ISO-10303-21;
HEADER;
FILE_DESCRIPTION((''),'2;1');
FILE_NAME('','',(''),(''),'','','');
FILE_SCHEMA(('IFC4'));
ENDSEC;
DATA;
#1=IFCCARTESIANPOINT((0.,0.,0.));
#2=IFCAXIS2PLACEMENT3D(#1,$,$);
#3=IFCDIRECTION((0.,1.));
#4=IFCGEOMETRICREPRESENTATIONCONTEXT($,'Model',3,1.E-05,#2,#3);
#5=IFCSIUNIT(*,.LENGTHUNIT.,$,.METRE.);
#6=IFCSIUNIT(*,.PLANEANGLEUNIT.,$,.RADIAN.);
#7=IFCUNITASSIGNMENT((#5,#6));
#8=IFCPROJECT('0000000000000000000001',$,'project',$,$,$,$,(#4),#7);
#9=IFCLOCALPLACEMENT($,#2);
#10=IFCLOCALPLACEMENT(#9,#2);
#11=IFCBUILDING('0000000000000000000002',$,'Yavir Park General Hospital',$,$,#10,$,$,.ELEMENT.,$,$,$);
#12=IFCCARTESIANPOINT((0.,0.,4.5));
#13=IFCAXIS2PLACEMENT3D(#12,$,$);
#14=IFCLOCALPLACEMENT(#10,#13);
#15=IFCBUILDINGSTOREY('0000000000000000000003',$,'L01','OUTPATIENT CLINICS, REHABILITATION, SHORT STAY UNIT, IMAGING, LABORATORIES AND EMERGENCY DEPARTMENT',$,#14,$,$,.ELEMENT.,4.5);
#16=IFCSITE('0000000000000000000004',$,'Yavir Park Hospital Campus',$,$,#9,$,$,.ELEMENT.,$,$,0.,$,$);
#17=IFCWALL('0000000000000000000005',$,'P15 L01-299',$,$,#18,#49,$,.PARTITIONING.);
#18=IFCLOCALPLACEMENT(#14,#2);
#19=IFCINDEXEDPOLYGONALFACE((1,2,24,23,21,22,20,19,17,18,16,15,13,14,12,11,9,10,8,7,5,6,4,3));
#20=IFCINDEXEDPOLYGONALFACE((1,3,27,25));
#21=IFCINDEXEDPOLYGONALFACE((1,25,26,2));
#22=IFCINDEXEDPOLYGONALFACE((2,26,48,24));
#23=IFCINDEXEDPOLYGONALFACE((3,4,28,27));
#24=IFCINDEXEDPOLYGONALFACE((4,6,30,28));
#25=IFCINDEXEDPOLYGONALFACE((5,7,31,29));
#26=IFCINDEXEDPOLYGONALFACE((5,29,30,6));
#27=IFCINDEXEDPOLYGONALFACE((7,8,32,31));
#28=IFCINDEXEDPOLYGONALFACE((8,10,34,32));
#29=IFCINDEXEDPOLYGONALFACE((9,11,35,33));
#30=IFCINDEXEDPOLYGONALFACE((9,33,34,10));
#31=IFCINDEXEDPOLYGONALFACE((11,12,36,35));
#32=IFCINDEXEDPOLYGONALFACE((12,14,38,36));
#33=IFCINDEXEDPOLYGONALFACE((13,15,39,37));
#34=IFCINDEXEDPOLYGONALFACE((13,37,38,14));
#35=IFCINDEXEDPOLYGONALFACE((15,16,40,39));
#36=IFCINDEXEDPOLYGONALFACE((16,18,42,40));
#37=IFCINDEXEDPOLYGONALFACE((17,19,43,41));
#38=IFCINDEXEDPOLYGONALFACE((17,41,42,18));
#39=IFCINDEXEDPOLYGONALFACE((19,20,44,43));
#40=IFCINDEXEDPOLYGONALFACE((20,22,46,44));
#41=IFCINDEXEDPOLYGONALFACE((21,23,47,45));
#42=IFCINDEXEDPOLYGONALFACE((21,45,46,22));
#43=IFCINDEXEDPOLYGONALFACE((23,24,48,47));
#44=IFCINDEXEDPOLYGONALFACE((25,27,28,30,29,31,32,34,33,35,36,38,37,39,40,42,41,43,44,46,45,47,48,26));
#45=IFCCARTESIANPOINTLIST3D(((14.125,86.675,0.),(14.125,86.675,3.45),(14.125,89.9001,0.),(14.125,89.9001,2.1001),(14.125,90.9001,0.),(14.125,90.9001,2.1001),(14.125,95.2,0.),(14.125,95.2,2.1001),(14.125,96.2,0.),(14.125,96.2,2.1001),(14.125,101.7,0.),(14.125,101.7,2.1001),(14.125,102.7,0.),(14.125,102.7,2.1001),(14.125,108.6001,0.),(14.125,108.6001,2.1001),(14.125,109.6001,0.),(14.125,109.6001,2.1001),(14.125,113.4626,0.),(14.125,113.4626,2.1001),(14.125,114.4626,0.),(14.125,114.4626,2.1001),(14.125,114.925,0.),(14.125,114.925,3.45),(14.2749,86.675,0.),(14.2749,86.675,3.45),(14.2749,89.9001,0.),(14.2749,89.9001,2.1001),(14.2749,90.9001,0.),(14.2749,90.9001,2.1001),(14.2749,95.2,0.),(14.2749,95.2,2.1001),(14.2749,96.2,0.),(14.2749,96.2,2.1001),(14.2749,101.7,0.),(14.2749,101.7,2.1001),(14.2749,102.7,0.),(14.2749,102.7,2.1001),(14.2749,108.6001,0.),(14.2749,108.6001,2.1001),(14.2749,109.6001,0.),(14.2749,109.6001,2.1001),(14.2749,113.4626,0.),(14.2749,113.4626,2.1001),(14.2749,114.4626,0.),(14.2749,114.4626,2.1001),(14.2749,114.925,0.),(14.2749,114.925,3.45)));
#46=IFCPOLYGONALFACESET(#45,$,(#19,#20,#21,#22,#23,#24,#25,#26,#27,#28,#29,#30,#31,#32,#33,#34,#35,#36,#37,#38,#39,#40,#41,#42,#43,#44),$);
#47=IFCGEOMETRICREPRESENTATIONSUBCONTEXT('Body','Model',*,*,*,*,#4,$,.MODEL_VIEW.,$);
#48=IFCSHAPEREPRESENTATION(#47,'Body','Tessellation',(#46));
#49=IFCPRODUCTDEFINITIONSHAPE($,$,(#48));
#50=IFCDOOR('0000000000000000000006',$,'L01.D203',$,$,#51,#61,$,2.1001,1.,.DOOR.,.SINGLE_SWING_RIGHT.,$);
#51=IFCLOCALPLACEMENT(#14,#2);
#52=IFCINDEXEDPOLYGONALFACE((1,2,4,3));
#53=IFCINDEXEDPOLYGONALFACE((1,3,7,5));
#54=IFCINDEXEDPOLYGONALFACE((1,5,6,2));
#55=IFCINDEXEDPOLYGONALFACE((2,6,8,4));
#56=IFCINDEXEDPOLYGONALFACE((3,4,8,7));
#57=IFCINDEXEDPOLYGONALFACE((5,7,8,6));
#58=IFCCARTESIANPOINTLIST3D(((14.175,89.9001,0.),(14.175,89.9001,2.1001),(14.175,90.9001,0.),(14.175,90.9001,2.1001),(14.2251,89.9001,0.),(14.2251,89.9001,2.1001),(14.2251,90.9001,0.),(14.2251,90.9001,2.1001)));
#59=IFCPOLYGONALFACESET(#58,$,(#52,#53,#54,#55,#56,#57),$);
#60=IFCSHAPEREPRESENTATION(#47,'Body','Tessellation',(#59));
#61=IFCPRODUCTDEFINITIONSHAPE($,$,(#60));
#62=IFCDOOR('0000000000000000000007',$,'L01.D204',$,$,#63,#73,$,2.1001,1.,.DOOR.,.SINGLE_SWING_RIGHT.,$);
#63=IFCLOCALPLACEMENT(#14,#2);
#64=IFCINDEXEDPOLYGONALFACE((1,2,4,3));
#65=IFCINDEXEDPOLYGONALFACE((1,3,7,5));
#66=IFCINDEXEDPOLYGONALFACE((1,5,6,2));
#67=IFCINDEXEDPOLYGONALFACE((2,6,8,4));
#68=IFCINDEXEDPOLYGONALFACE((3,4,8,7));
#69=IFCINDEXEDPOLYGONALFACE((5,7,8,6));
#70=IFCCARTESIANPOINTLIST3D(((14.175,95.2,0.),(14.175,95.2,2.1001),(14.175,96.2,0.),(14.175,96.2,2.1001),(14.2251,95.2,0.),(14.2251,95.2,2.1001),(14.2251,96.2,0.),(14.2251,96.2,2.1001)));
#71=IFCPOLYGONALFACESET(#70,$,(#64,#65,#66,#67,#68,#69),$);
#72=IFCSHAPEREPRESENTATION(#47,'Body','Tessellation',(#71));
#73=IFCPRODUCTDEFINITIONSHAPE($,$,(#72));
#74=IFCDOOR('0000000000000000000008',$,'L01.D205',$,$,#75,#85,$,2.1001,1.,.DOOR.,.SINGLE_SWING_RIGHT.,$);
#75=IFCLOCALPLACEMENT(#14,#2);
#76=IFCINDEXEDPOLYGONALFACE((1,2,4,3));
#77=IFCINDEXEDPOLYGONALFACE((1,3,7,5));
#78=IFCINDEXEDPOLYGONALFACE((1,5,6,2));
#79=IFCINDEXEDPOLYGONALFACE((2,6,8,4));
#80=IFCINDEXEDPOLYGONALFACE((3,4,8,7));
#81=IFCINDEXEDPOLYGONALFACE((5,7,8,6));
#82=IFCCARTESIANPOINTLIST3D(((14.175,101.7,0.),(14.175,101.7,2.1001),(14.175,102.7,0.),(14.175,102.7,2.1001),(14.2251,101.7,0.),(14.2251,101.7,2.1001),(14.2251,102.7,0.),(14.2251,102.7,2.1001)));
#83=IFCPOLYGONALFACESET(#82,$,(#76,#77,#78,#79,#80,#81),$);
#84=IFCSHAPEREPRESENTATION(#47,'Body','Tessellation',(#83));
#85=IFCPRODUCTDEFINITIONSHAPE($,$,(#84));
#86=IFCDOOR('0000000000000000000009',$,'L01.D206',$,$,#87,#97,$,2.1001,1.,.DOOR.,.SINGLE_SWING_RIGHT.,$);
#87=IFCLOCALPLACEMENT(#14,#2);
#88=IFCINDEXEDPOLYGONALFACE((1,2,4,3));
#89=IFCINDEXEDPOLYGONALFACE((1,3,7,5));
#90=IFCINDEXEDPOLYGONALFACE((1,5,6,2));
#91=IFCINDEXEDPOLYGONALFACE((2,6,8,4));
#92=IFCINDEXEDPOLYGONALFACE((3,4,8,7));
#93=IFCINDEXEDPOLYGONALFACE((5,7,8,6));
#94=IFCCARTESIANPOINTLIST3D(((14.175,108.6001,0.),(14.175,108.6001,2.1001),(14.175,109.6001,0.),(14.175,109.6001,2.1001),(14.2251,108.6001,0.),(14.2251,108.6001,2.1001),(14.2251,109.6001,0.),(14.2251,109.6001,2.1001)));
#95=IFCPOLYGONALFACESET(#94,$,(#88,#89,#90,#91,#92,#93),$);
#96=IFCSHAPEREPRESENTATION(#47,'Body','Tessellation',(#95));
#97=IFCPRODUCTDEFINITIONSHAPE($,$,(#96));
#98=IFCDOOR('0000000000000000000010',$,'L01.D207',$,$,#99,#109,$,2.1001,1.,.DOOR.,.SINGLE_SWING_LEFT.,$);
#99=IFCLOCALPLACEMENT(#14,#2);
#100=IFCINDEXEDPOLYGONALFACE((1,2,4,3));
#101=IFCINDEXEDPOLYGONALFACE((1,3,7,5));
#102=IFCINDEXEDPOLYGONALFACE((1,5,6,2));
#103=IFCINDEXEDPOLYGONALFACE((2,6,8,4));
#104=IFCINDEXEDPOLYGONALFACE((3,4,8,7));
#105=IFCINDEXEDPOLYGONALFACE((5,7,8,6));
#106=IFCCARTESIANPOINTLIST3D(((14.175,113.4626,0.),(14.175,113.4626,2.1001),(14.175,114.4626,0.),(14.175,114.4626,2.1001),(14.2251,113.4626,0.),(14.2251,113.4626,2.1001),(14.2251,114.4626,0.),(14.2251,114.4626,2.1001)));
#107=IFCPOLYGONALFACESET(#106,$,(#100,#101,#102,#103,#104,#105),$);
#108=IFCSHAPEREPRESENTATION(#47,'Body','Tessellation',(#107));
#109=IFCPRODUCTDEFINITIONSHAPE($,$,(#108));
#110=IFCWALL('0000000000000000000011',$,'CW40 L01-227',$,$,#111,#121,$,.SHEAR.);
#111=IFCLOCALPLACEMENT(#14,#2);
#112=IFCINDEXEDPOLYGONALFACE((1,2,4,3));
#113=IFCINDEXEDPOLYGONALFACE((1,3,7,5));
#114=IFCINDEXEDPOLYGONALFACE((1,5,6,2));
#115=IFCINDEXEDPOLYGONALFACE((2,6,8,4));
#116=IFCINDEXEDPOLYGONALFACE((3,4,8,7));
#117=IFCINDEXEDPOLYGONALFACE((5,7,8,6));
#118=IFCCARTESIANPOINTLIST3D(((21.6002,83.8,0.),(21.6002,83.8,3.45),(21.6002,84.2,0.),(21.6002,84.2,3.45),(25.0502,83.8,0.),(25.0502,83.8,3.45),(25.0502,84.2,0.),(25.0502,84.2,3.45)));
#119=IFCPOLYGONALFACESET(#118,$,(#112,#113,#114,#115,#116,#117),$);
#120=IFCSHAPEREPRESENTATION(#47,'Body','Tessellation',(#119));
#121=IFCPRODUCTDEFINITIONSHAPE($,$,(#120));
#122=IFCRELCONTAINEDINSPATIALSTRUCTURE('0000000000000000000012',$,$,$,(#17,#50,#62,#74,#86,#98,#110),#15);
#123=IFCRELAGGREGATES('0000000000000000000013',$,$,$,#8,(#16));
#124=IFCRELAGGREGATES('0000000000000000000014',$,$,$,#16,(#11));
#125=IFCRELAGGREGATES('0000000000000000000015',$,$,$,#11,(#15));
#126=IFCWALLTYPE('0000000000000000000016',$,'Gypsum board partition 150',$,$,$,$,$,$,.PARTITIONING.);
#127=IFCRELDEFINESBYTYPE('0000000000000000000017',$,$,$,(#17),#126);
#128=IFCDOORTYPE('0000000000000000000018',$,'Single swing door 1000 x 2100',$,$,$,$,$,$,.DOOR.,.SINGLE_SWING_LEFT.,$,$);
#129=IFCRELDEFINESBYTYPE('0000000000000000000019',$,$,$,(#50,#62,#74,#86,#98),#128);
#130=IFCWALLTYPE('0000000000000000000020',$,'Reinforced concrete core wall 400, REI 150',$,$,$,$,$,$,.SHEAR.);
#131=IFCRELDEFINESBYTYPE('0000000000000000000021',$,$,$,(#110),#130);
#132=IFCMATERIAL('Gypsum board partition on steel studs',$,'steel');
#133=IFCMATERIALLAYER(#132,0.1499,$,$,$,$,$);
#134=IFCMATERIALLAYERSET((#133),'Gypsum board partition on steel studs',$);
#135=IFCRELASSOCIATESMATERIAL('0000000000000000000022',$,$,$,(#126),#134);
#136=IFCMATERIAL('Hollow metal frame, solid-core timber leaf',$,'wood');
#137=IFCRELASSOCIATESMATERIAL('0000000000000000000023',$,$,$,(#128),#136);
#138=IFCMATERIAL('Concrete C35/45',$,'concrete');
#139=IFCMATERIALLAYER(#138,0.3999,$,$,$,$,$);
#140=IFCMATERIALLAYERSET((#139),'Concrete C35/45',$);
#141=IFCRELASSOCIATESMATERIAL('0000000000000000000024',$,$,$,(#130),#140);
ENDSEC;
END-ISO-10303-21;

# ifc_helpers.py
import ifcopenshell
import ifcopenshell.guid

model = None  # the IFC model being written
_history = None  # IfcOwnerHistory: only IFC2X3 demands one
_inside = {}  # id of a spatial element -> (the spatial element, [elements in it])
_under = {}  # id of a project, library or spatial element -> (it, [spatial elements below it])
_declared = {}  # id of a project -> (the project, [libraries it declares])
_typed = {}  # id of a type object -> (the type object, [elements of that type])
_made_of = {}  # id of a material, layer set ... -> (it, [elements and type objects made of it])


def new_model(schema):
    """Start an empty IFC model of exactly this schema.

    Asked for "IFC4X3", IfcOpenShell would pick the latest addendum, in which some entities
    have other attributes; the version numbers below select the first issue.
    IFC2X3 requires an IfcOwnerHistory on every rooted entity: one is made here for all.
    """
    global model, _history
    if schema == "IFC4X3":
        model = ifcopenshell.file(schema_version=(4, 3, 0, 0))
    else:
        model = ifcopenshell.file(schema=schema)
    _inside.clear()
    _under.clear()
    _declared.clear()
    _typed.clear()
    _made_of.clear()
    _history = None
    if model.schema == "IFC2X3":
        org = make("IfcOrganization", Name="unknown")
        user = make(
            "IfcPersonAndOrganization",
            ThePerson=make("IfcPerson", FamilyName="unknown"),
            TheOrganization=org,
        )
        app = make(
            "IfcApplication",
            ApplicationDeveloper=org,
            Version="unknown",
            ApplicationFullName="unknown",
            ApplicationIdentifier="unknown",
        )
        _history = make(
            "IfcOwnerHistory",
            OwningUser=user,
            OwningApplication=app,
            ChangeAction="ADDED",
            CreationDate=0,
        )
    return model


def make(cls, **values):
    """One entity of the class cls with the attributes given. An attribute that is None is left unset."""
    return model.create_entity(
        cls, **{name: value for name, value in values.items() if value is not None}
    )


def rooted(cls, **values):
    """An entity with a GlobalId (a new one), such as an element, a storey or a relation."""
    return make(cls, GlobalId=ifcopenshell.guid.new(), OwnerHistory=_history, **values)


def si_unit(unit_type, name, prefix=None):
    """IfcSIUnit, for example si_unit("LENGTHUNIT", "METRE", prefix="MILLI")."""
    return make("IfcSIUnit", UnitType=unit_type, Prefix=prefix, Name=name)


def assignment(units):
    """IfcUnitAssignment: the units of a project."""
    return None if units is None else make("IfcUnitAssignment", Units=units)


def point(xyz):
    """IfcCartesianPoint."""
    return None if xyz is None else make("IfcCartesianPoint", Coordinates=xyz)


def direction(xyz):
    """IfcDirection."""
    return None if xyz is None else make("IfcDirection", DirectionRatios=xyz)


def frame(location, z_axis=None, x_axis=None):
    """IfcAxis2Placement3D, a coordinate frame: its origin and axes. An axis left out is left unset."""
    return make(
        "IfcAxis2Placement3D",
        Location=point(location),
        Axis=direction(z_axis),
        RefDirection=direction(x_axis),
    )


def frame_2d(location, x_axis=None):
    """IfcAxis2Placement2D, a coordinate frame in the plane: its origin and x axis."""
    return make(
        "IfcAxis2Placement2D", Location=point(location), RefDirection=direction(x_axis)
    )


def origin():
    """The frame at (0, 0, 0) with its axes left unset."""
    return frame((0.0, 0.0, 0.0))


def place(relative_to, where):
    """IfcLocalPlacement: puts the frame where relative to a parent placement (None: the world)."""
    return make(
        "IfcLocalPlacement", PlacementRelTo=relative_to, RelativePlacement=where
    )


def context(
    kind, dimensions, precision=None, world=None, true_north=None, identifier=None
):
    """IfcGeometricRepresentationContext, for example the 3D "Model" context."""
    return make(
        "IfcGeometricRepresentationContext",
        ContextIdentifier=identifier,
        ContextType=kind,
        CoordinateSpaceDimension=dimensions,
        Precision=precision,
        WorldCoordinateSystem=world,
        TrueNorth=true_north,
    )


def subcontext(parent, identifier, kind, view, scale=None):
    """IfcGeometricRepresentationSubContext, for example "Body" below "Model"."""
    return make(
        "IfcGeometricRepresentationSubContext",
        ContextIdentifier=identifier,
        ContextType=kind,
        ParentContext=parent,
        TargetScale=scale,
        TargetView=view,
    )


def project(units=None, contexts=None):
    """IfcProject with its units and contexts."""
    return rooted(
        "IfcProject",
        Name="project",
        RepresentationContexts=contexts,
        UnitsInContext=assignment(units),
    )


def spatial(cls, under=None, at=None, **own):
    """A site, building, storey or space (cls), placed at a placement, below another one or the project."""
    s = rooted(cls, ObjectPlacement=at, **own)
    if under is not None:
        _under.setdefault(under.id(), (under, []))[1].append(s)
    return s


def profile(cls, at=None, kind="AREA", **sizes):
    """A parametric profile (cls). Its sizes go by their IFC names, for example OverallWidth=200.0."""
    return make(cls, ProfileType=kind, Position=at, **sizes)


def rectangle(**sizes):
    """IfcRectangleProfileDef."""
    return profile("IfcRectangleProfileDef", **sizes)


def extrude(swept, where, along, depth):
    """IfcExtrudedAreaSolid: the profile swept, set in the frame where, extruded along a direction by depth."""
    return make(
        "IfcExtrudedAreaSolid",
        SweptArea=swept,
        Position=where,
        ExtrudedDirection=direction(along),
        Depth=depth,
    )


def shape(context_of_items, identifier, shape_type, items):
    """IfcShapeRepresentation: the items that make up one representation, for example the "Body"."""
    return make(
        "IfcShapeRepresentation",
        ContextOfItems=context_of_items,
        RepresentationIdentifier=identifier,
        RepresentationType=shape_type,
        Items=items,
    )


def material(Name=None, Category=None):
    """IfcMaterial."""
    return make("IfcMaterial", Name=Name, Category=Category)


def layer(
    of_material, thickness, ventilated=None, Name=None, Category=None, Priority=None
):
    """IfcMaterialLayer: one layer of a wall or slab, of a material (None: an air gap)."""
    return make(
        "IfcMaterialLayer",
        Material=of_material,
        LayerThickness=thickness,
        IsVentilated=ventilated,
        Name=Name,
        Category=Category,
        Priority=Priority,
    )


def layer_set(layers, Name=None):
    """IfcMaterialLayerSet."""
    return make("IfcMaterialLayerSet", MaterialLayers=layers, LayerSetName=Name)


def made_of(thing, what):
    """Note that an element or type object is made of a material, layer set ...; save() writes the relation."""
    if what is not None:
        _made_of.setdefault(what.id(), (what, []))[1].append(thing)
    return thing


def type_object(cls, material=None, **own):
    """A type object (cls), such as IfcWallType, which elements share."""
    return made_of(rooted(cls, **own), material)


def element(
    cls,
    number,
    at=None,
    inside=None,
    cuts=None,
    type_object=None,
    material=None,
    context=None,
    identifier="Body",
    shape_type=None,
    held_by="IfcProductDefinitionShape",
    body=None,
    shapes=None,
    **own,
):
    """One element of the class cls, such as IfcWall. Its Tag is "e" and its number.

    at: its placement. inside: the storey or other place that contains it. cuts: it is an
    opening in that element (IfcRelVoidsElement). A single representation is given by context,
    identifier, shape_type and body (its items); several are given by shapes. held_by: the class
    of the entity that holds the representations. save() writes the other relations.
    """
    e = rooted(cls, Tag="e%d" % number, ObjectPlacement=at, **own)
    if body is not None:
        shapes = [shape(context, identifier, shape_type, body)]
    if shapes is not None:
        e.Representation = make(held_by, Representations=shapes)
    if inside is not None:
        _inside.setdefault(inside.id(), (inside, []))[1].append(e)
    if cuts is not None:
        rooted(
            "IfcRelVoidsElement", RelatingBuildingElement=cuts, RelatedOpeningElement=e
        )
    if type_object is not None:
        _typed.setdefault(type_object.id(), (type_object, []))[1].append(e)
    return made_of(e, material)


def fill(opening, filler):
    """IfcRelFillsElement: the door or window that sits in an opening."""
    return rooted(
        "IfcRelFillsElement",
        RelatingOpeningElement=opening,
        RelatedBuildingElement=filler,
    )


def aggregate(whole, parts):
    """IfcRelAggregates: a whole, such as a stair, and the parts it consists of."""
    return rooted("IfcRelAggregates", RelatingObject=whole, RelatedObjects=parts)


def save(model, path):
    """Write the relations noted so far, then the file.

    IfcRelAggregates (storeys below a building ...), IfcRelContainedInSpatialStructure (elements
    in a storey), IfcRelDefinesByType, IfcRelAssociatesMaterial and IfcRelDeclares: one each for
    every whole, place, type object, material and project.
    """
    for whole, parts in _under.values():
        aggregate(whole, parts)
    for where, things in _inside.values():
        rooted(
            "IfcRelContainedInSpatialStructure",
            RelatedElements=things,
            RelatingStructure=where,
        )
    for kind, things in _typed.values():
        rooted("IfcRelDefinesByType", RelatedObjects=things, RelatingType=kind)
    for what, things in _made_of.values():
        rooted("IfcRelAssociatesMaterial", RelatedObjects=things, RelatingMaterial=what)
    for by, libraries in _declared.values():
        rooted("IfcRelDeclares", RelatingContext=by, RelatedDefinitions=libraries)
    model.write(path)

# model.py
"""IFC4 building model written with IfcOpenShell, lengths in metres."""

from ifc_helpers import new_model, si_unit, direction, frame, frame_2d, origin, place, context, subcontext, project, spatial, rectangle, extrude, material, layer, layer_set, type_object, element, fill, save


model = new_model("IFC4")

# Units and contexts
model_context = context("Model", 3, precision=1e-05, world=origin(), true_north=direction((0.0, 1.0)))
body_context = subcontext(model_context, "Body", "Model", "MODEL_VIEW")
ifc_project = project(units=[si_unit("LENGTHUNIT", "METRE"), si_unit("PLANEANGLEUNIT", "RADIAN")], contexts=[model_context])

# Site, building, storey
site_placement = place(None, origin())
site = spatial("IfcSite", under=ifc_project, at=site_placement, Name="Yavir Park Hospital Campus", CompositionType="ELEMENT", RefElevation=0.0)
building_placement = place(site_placement, origin())
building = spatial("IfcBuilding", under=site, at=building_placement, Name="Yavir Park General Hospital", CompositionType="ELEMENT")
storey_placement = place(building_placement, frame((0.0, 0.0, 4.5)))
storey = spatial("IfcBuildingStorey", under=building, at=storey_placement, Name="L01", Description="OUTPATIENT CLINICS, REHABILITATION, SHORT STAY UNIT, IMAGING, LABORATORIES AND EMERGENCY DEPARTMENT", CompositionType="ELEMENT", Elevation=4.5)

# Wall, openings, doors
ifc_material_1 = material(Name="Gypsum board partition on steel studs", Category="steel")
ifc_layer_1 = layer(ifc_material_1, 0.1499)
ifc_layer_set_1 = layer_set([ifc_layer_1], Name="Gypsum board partition on steel studs")
wall_type_1 = type_object("IfcWallType", Name="Gypsum board partition 150", PredefinedType="PARTITIONING", material=ifc_layer_set_1)
ifc_material_2 = material(Name="Hollow metal frame, solid-core timber leaf", Category="wood")
door_type_1 = type_object("IfcDoorType", Name="Single swing door 1000 x 2100", OperationType="SINGLE_SWING_LEFT", PredefinedType="DOOR", material=ifc_material_2)
wall_1_placement = place(storey_placement, frame((14.2, 86.675, 0.0), z_axis=(0.0, 0.0, 1.0), x_axis=(0.0, 1.0, 0.0)))
wall_1 = element("IfcWall", 1, at=wall_1_placement, inside=storey, type_object=wall_type_1, Name="P15 L01-299", PredefinedType="PARTITIONING", context=body_context, shape_type="SweptSolid", body=[
    extrude(rectangle(XDim=28.25, YDim=0.1499, at=frame_2d((14.125, 0.0))), origin(), (0.0, 0.0, 1.0), 3.45),
])
opening_1_placement = place(wall_1_placement, frame((3.2251, 0.0, 0.0)))
opening_1 = element("IfcOpeningElement", 2, at=opening_1_placement, cuts=wall_1, PredefinedType="OPENING", context=body_context, shape_type="SweptSolid", body=[
    extrude(rectangle(XDim=1.0, YDim=2.1001, at=frame_2d((0.5, 1.05))), frame((0.0, 0.085, 0.0), z_axis=(0.0, -1.0, 0.0), x_axis=(1.0, 0.0, 0.0)), (0.0, 0.0, 1.0), 0.1699),
])
opening_2_placement = place(wall_1_placement, frame((8.5249, 0.0, 0.0)))
opening_2 = element("IfcOpeningElement", 3, at=opening_2_placement, cuts=wall_1, PredefinedType="OPENING", context=body_context, shape_type="SweptSolid", body=[
    extrude(rectangle(XDim=1.0, YDim=2.1001, at=frame_2d((0.5, 1.05))), frame((0.0, 0.085, 0.0), z_axis=(0.0, -1.0, 0.0), x_axis=(1.0, 0.0, 0.0)), (0.0, 0.0, 1.0), 0.1699),
])
opening_3_placement = place(wall_1_placement, frame((15.0249, 0.0, 0.0)))
opening_3 = element("IfcOpeningElement", 4, at=opening_3_placement, cuts=wall_1, PredefinedType="OPENING", context=body_context, shape_type="SweptSolid", body=[
    extrude(rectangle(XDim=1.0, YDim=2.1001, at=frame_2d((0.5, 1.05))), frame((0.0, 0.085, 0.0), z_axis=(0.0, -1.0, 0.0), x_axis=(1.0, 0.0, 0.0)), (0.0, 0.0, 1.0), 0.1699),
])
opening_4_placement = place(wall_1_placement, frame((21.925, 0.0, 0.0)))
opening_4 = element("IfcOpeningElement", 5, at=opening_4_placement, cuts=wall_1, PredefinedType="OPENING", context=body_context, shape_type="SweptSolid", body=[
    extrude(rectangle(XDim=1.0, YDim=2.1001, at=frame_2d((0.5, 1.05))), frame((0.0, 0.085, 0.0), z_axis=(0.0, -1.0, 0.0), x_axis=(1.0, 0.0, 0.0)), (0.0, 0.0, 1.0), 0.1699),
])
opening_5_placement = place(wall_1_placement, frame((26.7876, 0.0, 0.0)))
opening_5 = element("IfcOpeningElement", 6, at=opening_5_placement, cuts=wall_1, PredefinedType="OPENING", context=body_context, shape_type="SweptSolid", body=[
    extrude(rectangle(XDim=1.0, YDim=2.1001, at=frame_2d((0.5, 1.05))), frame((0.0, 0.085, 0.0), z_axis=(0.0, -1.0, 0.0), x_axis=(1.0, 0.0, 0.0)), (0.0, 0.0, 1.0), 0.1699),
])
door_1_placement = place(opening_1_placement, origin())
door_1 = element("IfcDoor", 7, at=door_1_placement, inside=storey, type_object=door_type_1, Name="L01.D203", OperationType="SINGLE_SWING_RIGHT", OverallHeight=2.1001, OverallWidth=1.0, PredefinedType="DOOR", context=body_context, shape_type="SweptSolid", body=[
    extrude(rectangle(XDim=1.0, YDim=2.1001, at=frame_2d((0.5, 1.05))), frame((0.0, 0.0249, 0.0), z_axis=(0.0, -1.0, 0.0), x_axis=(1.0, 0.0, 0.0)), (0.0, 0.0, 1.0), 0.05),
])
fill(opening_1, door_1)
door_2_placement = place(opening_2_placement, origin())
door_2 = element("IfcDoor", 8, at=door_2_placement, inside=storey, type_object=door_type_1, Name="L01.D204", OperationType="SINGLE_SWING_RIGHT", OverallHeight=2.1001, OverallWidth=1.0, PredefinedType="DOOR", context=body_context, shape_type="SweptSolid", body=[
    extrude(rectangle(XDim=1.0, YDim=2.1001, at=frame_2d((0.5, 1.05))), frame((0.0, 0.0249, 0.0), z_axis=(0.0, -1.0, 0.0), x_axis=(1.0, 0.0, 0.0)), (0.0, 0.0, 1.0), 0.05),
])
fill(opening_2, door_2)
door_3_placement = place(opening_3_placement, origin())
door_3 = element("IfcDoor", 9, at=door_3_placement, inside=storey, type_object=door_type_1, Name="L01.D205", OperationType="SINGLE_SWING_RIGHT", OverallHeight=2.1001, OverallWidth=1.0, PredefinedType="DOOR", context=body_context, shape_type="SweptSolid", body=[
    extrude(rectangle(XDim=1.0, YDim=2.1001, at=frame_2d((0.5, 1.05))), frame((0.0, 0.0249, 0.0), z_axis=(0.0, -1.0, 0.0), x_axis=(1.0, 0.0, 0.0)), (0.0, 0.0, 1.0), 0.05),
])
fill(opening_3, door_3)
door_4_placement = place(opening_4_placement, origin())
door_4 = element("IfcDoor", 10, at=door_4_placement, inside=storey, type_object=door_type_1, Name="L01.D206", OperationType="SINGLE_SWING_RIGHT", OverallHeight=2.1001, OverallWidth=1.0, PredefinedType="DOOR", context=body_context, shape_type="SweptSolid", body=[
    extrude(rectangle(XDim=1.0, YDim=2.1001, at=frame_2d((0.5, 1.05))), frame((0.0, 0.0249, 0.0), z_axis=(0.0, -1.0, 0.0), x_axis=(1.0, 0.0, 0.0)), (0.0, 0.0, 1.0), 0.05),
])
fill(opening_4, door_4)
door_5_placement = place(opening_5_placement, origin())
door_5 = element("IfcDoor", 11, at=door_5_placement, inside=storey, type_object=door_type_1, Name="L01.D207", OperationType="SINGLE_SWING_LEFT", OverallHeight=2.1001, OverallWidth=1.0, PredefinedType="DOOR", context=body_context, shape_type="SweptSolid", body=[
    extrude(rectangle(XDim=1.0, YDim=2.1001, at=frame_2d((0.5, 1.05))), frame((0.0, 0.0249, 0.0), z_axis=(0.0, -1.0, 0.0), x_axis=(1.0, 0.0, 0.0)), (0.0, 0.0, 1.0), 0.05),
])
fill(opening_5, door_5)

# Wall
ifc_material_3 = material(Name="Concrete C35/45", Category="concrete")
ifc_layer_2 = layer(ifc_material_3, 0.3999)
ifc_layer_set_2 = layer_set([ifc_layer_2], Name="Concrete C35/45")
wall_type_2 = type_object("IfcWallType", Name="Reinforced concrete core wall 400, REI 150", PredefinedType="SHEAR", material=ifc_layer_set_2)
wall_2_placement = place(storey_placement, frame((21.6001, 84.0, 0.0), z_axis=(0.0, 0.0, 1.0), x_axis=(1.0, 0.0, 0.0)))
element("IfcWall", 12, at=wall_2_placement, inside=storey, type_object=wall_type_2, Name="CW40 L01-227", PredefinedType="SHEAR", context=body_context, shape_type="SweptSolid", body=[
    extrude(rectangle(XDim=3.45, YDim=0.3999, at=frame_2d((1.7251, 0.0))), origin(), (0.0, 0.0, 1.0), 3.45),
])

save(model, "model.ifc")
